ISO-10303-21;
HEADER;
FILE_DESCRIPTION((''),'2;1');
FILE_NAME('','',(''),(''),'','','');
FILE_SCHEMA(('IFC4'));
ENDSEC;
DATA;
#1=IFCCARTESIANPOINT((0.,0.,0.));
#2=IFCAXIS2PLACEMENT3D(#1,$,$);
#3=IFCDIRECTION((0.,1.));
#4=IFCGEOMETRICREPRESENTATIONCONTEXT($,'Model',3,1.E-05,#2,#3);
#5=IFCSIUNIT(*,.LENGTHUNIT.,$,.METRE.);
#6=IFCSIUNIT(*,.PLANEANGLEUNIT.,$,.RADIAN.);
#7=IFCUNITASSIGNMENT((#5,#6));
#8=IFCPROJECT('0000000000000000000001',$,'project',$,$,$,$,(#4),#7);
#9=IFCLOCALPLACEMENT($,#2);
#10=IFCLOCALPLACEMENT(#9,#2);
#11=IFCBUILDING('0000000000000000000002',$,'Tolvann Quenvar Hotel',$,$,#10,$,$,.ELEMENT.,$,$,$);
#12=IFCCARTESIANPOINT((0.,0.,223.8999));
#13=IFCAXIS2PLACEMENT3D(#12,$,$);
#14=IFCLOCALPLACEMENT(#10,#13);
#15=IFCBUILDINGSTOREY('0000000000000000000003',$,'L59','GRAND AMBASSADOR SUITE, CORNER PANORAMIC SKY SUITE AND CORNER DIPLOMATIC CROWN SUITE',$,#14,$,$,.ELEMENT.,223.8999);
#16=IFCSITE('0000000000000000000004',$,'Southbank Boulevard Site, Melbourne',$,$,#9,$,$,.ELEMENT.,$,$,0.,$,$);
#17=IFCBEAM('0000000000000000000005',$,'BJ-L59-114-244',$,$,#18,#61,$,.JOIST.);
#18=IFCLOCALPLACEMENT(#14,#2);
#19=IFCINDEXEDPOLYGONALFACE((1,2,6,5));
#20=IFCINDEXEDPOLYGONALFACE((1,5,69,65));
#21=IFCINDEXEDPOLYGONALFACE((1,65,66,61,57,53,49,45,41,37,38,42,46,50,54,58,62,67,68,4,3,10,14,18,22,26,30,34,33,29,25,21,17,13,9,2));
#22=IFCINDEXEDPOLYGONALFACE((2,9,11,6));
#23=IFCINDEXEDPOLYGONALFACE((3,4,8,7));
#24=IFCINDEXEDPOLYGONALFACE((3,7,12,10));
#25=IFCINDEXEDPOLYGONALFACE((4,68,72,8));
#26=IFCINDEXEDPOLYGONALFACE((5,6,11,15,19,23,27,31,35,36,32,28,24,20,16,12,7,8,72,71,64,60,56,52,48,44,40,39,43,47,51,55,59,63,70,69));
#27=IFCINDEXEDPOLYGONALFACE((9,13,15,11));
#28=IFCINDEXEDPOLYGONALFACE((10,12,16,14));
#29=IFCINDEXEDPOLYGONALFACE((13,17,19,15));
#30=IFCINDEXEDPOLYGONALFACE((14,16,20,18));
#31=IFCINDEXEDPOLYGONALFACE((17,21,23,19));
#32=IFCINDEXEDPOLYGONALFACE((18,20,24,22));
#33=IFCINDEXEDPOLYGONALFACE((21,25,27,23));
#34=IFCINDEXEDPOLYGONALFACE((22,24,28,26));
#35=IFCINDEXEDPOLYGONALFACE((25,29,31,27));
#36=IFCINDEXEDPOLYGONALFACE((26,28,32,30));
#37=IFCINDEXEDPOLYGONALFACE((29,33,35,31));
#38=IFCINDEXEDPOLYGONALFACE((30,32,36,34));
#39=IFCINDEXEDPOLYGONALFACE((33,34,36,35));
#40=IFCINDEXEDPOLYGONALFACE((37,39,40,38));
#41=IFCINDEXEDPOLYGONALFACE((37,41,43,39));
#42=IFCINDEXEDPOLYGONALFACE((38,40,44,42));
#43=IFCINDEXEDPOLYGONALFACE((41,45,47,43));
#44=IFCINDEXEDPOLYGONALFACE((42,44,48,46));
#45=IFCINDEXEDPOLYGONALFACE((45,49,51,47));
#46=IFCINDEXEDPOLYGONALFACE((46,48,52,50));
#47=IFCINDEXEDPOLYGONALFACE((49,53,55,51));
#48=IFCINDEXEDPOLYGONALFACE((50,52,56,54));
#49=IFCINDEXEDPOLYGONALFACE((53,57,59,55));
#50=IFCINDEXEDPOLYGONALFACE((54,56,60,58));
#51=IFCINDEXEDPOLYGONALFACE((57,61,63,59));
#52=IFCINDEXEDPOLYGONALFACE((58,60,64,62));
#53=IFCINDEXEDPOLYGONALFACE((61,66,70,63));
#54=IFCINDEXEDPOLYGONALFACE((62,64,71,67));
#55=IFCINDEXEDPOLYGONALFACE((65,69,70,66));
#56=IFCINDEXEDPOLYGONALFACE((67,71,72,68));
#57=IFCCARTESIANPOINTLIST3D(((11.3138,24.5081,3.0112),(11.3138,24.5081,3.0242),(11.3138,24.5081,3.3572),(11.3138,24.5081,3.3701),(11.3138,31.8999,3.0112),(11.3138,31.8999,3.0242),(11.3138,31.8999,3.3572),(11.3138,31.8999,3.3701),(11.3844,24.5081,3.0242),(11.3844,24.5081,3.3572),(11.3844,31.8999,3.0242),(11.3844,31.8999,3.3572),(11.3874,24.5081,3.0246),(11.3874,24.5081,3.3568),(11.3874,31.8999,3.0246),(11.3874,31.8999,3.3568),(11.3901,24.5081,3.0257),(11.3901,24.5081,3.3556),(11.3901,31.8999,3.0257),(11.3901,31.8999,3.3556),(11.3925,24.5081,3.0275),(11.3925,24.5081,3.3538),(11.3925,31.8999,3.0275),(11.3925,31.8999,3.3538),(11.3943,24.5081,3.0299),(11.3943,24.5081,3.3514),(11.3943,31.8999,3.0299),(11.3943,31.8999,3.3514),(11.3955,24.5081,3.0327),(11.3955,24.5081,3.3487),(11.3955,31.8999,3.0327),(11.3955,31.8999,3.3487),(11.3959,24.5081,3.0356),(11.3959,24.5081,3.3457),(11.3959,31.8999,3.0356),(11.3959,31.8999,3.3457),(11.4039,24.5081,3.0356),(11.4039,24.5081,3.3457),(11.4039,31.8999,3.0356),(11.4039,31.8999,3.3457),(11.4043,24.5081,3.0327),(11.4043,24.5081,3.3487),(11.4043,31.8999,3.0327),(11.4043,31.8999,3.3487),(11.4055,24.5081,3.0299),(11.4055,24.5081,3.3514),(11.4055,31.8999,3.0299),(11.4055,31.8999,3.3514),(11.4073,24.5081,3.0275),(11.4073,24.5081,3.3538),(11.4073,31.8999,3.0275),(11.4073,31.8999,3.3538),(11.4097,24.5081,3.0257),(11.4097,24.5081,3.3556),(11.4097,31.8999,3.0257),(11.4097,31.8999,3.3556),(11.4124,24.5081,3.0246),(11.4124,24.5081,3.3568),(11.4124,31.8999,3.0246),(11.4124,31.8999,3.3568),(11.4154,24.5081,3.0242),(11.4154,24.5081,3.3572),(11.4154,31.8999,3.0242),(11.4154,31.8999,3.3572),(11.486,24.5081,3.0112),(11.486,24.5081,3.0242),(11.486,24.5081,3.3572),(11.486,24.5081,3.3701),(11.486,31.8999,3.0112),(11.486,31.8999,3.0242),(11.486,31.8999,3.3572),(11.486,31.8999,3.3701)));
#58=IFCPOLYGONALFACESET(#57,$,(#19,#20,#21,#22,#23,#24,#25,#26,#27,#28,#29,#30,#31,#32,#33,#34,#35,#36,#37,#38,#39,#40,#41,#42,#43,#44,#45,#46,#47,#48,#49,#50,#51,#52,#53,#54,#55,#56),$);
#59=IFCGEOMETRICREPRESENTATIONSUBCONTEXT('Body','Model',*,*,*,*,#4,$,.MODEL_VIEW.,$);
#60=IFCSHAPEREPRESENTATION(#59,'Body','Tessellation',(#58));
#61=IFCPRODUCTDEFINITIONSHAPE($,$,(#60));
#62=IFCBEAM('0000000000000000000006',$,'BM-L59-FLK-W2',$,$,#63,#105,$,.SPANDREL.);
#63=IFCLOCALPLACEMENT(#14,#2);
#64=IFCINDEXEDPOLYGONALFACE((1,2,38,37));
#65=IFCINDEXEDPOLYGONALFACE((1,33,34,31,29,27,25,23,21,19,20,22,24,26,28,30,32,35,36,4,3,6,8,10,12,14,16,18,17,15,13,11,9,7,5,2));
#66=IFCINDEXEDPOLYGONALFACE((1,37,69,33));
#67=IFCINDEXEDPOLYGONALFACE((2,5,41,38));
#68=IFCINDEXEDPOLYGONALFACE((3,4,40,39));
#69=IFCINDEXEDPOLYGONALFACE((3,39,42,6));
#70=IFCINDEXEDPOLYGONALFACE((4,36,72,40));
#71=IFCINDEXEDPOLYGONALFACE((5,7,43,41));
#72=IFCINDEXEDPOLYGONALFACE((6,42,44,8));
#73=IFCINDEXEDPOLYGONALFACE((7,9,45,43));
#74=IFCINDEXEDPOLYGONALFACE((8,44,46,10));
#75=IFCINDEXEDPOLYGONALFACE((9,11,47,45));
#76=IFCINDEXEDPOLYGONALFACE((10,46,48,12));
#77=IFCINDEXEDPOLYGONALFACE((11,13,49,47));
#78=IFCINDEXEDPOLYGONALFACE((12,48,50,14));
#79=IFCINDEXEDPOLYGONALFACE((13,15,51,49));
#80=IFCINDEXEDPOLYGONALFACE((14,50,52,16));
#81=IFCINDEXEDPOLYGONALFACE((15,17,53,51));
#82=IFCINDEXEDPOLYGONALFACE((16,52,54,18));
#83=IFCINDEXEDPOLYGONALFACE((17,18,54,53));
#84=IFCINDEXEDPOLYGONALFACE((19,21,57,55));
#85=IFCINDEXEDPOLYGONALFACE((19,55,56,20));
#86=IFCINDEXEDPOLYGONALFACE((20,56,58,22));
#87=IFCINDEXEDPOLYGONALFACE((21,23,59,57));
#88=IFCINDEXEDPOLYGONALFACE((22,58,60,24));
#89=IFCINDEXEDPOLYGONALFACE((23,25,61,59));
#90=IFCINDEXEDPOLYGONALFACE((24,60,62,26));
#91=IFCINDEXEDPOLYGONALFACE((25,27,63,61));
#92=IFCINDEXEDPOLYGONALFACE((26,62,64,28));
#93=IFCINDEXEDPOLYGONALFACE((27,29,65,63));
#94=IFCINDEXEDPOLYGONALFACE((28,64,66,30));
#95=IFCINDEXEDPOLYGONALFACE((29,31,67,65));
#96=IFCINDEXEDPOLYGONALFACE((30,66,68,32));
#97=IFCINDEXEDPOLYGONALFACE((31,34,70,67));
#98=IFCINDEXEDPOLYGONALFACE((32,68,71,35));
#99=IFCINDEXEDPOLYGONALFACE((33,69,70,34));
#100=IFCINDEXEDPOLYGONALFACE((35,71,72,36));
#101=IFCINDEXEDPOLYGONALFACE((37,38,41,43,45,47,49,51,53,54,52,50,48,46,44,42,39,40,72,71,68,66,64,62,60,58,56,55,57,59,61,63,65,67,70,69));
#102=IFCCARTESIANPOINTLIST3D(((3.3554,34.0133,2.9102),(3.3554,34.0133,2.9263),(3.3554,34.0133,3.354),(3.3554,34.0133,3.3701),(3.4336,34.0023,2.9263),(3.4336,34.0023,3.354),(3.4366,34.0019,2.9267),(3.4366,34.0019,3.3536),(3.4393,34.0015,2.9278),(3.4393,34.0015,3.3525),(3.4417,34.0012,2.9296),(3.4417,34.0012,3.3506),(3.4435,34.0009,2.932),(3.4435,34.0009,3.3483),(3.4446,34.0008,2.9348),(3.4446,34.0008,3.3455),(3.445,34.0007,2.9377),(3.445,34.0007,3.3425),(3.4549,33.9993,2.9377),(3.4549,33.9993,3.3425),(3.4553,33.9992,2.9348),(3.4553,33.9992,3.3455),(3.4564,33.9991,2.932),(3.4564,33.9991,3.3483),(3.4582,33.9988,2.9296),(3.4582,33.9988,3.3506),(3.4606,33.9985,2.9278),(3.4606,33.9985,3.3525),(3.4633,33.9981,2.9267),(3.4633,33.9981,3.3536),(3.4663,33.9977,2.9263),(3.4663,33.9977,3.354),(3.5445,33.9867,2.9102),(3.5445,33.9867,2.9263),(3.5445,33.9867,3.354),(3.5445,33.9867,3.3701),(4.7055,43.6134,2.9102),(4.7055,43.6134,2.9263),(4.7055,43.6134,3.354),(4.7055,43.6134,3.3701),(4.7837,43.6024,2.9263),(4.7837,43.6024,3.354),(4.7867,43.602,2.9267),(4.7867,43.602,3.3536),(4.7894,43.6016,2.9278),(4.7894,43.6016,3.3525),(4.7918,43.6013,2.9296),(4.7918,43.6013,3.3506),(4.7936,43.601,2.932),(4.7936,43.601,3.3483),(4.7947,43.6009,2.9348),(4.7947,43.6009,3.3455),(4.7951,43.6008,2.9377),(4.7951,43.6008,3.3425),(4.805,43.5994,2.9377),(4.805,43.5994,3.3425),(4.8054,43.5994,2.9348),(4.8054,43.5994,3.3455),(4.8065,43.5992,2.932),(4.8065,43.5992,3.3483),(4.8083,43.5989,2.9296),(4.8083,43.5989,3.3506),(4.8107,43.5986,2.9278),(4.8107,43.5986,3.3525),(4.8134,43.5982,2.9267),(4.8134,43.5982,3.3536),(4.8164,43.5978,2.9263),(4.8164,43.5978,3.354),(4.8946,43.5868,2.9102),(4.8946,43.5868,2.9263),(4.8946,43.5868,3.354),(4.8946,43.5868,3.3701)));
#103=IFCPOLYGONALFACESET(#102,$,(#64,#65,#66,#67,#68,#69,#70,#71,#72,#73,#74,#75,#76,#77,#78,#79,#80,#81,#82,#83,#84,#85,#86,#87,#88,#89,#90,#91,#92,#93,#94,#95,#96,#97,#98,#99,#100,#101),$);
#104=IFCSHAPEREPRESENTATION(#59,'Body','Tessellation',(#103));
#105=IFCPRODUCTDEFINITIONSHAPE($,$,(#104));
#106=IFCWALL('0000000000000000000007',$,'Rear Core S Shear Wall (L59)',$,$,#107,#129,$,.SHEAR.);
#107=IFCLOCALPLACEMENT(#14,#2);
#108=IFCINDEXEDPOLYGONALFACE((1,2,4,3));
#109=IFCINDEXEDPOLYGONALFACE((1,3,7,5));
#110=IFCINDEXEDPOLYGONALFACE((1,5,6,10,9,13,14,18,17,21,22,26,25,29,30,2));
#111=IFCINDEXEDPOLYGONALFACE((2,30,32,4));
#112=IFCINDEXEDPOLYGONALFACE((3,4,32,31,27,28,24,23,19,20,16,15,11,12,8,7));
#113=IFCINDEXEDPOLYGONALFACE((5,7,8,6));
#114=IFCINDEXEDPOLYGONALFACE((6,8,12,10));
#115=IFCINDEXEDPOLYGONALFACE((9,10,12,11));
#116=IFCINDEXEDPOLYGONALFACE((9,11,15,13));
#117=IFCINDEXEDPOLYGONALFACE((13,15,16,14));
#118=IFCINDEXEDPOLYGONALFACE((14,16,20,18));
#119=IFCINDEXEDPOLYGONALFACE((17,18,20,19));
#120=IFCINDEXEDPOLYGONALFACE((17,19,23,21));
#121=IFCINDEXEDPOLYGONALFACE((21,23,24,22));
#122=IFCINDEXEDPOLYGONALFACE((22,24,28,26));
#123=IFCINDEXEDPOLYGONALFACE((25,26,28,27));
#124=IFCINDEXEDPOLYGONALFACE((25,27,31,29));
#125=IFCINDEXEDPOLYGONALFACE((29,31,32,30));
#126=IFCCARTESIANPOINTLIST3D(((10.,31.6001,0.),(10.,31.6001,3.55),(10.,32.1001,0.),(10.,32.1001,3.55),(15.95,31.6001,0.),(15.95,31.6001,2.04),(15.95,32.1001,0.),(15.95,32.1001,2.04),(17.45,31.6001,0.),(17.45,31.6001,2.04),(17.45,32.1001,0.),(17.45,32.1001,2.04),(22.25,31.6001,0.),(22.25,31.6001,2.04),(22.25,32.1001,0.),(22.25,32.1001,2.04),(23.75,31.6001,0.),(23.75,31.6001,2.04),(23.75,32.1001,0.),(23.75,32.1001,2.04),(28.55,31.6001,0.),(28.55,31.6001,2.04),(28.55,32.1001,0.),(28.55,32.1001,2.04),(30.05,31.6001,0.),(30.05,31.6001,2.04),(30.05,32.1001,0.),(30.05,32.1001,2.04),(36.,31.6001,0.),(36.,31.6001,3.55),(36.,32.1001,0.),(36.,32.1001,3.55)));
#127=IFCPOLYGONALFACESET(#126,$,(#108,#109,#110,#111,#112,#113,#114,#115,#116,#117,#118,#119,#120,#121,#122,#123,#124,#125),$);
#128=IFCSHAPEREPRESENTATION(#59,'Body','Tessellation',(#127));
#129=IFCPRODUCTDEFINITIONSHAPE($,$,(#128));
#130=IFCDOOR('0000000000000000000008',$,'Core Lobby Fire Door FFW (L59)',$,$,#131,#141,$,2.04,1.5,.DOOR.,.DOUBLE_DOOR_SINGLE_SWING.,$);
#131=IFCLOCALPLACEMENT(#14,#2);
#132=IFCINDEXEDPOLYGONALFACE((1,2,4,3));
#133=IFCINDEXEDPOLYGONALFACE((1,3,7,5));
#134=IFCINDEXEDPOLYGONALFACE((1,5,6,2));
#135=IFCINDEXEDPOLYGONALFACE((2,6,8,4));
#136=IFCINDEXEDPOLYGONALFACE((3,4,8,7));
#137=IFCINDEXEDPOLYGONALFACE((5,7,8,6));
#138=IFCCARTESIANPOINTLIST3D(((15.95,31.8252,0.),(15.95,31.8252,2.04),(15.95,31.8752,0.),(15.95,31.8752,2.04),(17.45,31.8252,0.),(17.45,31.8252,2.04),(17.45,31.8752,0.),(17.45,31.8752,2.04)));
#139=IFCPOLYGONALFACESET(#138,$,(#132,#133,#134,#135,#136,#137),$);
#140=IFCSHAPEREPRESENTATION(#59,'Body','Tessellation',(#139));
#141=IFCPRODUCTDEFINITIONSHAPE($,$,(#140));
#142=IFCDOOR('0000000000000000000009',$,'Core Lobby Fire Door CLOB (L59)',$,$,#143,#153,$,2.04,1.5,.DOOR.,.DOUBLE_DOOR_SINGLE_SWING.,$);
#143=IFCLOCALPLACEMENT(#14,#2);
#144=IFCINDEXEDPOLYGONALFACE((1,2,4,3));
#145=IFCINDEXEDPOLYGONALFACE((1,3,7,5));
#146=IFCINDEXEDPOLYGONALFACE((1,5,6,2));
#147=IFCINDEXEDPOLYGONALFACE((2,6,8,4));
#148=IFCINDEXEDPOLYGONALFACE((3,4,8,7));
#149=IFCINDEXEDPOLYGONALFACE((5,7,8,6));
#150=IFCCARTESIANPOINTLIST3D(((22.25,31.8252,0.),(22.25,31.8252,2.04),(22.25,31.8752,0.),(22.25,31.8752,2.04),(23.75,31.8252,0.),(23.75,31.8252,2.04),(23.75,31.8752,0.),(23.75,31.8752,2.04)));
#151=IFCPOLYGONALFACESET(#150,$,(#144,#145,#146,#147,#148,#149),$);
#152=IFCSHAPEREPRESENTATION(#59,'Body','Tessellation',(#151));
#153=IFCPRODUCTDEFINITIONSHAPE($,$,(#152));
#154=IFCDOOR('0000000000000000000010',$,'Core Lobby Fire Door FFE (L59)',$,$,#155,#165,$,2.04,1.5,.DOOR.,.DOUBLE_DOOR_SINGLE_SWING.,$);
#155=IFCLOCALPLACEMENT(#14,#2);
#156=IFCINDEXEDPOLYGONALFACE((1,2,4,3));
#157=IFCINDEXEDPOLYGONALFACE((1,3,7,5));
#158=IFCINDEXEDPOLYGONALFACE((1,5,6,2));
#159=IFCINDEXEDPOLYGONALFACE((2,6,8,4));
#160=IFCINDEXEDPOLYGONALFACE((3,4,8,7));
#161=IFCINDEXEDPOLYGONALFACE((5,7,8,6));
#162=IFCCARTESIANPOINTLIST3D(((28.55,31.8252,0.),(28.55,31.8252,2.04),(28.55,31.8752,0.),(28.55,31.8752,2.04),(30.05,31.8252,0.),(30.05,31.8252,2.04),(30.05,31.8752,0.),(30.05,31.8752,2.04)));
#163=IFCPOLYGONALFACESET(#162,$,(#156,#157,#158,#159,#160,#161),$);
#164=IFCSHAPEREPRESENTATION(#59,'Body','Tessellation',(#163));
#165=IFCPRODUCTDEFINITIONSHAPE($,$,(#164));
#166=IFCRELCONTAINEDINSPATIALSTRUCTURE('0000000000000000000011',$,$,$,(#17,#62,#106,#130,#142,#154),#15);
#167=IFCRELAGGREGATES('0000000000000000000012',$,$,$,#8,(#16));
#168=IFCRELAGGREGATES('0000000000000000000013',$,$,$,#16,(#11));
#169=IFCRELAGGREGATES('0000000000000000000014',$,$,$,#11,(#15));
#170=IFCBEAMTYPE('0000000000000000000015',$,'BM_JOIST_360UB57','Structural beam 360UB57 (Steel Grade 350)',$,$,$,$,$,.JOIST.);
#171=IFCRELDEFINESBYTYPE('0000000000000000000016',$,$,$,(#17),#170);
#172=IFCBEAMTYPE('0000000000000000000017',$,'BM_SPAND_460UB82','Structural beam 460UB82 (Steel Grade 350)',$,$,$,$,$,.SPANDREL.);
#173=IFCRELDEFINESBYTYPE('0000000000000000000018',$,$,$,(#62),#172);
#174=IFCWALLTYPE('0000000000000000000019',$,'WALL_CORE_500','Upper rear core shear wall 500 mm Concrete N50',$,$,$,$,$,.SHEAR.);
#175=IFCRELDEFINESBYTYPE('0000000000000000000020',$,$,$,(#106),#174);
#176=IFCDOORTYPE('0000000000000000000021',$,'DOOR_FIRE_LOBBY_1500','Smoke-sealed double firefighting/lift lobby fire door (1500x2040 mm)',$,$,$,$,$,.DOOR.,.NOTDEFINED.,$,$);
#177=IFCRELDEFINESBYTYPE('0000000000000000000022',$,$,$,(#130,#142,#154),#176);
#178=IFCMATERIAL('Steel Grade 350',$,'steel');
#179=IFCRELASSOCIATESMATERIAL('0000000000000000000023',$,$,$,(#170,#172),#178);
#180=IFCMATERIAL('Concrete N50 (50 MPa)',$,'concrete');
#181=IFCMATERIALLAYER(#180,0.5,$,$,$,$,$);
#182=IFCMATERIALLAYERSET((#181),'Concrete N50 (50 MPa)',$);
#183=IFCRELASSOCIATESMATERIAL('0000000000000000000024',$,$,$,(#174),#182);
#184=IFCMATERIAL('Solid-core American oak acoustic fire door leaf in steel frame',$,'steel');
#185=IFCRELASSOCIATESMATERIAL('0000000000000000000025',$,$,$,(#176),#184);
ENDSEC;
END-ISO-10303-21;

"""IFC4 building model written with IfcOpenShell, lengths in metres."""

from ifc_helpers import new_model, si_unit, direction, frame, frame_2d, origin, origin_2d, place, context, subcontext, project, spatial, rectangle, i_section, extrude, source, transform, mapped, material, layer, layer_set, material_profile, profile_set, type_object, type_shapes, element, fill, save


model = new_model("IFC4")

# Units and contexts
model_context = context("Model", 3, precision=1e-05, world=origin(), true_north=direction((0.0, 1.0)))
body_context = subcontext(model_context, "Body", "Model", "MODEL_VIEW")
ifc_project = project(units=[si_unit("LENGTHUNIT", "METRE"), si_unit("PLANEANGLEUNIT", "RADIAN")], contexts=[model_context])

# Site, building, storey
site_placement = place(None, origin())
site = spatial("IfcSite", under=ifc_project, at=site_placement, Name="Southbank Boulevard Site, Melbourne", CompositionType="ELEMENT", RefElevation=0.0)
building_placement = place(site_placement, origin())
building = spatial("IfcBuilding", under=site, at=building_placement, Name="Tolvann Quenvar Hotel", CompositionType="ELEMENT")
storey_placement = place(building_placement, frame((0.0, 0.0, 223.8999)))
storey = spatial("IfcBuildingStorey", under=building, at=storey_placement, Name="L59", Description="GRAND AMBASSADOR SUITE, CORNER PANORAMIC SKY SUITE AND CORNER DIPLOMATIC CROWN SUITE", CompositionType="ELEMENT", Elevation=223.8999)

# Beams
ifc_material_1 = material(Name="Concrete N50 (50 MPa)", Category="concrete")
ifc_material_2 = material(Name="Steel Grade 350", Category="steel")
ifc_material_profile_1 = material_profile(ifc_material_2, i_section(OverallWidth=0.1721, OverallDepth=0.3589, WebThickness=0.0081, FlangeThickness=0.0129, FilletRadius=0.0115, at=origin_2d()), Name="360UB57")
ifc_profile_set_1 = profile_set([ifc_material_profile_1], Name="Steel Grade 350")
beam_type_1 = type_object("IfcBeamType", Name="BM_JOIST_360UB57", Description="Structural beam 360UB57 (Steel Grade 350)", PredefinedType="JOIST", material=ifc_profile_set_1)
shared_shape_1 = source(origin(), body_context, "Body", "SweptSolid", [
    extrude(i_section(OverallWidth=0.1721, OverallDepth=0.3589, WebThickness=0.0081, FlangeThickness=0.0129, FilletRadius=0.0115, at=origin_2d()), origin(), (0.0, 0.0, 1.0), 7.3918),
])
type_shapes(beam_type_1, [shared_shape_1])
beam_1_placement = place(storey_placement, frame((11.3999, 24.5081, 3.1907), z_axis=(0.0, 1.0, 0.0), x_axis=(-1.0, 0.0, 0.0)))
element("IfcBeam", 1, at=beam_1_placement, inside=storey, type_object=beam_type_1, Name="BJ-L59-114-244", PredefinedType="JOIST", context=body_context, shape_type="MappedRepresentation", body=[
    mapped(shared_shape_1, transform((0.0, 0.0, 0.0), x_axis=(1.0, 0.0, 0.0), y_axis=(0.0, 1.0, 0.0), z_axis=(0.0, 0.0, 1.0), scale=1.0)),
])
ifc_material_profile_2 = material_profile(ifc_material_2, i_section(OverallWidth=0.1909, OverallDepth=0.46, WebThickness=0.01, FlangeThickness=0.0161, FilletRadius=0.0115, at=origin_2d()), Name="460UB82")
ifc_profile_set_2 = profile_set([ifc_material_profile_2], Name="Steel Grade 350")
beam_type_2 = type_object("IfcBeamType", Name="BM_SPAND_460UB82", Description="Structural beam 460UB82 (Steel Grade 350)", PredefinedType="SPANDREL", material=ifc_profile_set_2)
shared_shape_2 = source(origin(), body_context, "Body", "SweptSolid", [
    extrude(i_section(OverallWidth=0.1909, OverallDepth=0.46, WebThickness=0.01, FlangeThickness=0.0161, FilletRadius=0.0115, at=origin_2d()), origin(), (0.0, 0.0, 1.0), 9.6946),
])
type_shapes(beam_type_2, [shared_shape_2])
beam_2_placement = place(storey_placement, frame((3.45, 34.0, 3.1401), z_axis=(0.139263, 0.990255, 0.0), x_axis=(-0.990255, 0.139263, 0.0)))
element("IfcBeam", 2, at=beam_2_placement, inside=storey, type_object=beam_type_2, Name="BM-L59-FLK-W2", PredefinedType="SPANDREL", context=body_context, shape_type="MappedRepresentation", body=[
    mapped(shared_shape_2, transform((0.0, 0.0, 0.0), x_axis=(1.0, 0.0, 0.0), y_axis=(0.0, 1.0, 0.0), z_axis=(0.0, 0.0, 1.0), scale=1.0)),
])

# Wall, openings, doors
ifc_layer_1 = layer(ifc_material_1, 0.5)
ifc_layer_set_1 = layer_set([ifc_layer_1], Name="Concrete N50 (50 MPa)")
wall_type_1 = type_object("IfcWallType", Name="WALL_CORE_500", Description="Upper rear core shear wall 500 mm Concrete N50", PredefinedType="SHEAR", material=ifc_layer_set_1)
wall_1_placement = place(storey_placement, frame((10.0, 31.8501, 0.0), z_axis=(0.0, 0.0, 1.0), x_axis=(1.0, 0.0, 0.0)))
wall_1 = element("IfcWall", 3, at=wall_1_placement, inside=storey, type_object=wall_type_1, Name="Rear Core S Shear Wall (L59)", PredefinedType="SHEAR", context=body_context, shape_type="SweptSolid", body=[
    extrude(rectangle(XDim=26.0, YDim=0.5, at=frame_2d((13.0, 0.0))), origin(), (0.0, 0.0, 1.0), 3.55),
])
opening_1_placement = place(wall_1_placement, frame((7.45, 0.0, 0.0), z_axis=(0.0, 0.0, 1.0), x_axis=(-1.0, 0.0, 0.0)))
opening_1 = element("IfcOpeningElement", 4, at=opening_1_placement, cuts=wall_1, PredefinedType="OPENING", context=body_context, shape_type="SweptSolid", body=[
    extrude(rectangle(XDim=1.5, YDim=2.04, at=frame_2d((0.75, 1.02))), frame((0.0, 0.26, 0.0), z_axis=(0.0, -1.0, 0.0), x_axis=(1.0, 0.0, 0.0)), (0.0, 0.0, 1.0), 0.52),
])
opening_2_placement = place(wall_1_placement, frame((13.75, 0.0, 0.0), z_axis=(0.0, 0.0, 1.0), x_axis=(-1.0, 0.0, 0.0)))
opening_2 = element("IfcOpeningElement", 5, at=opening_2_placement, cuts=wall_1, PredefinedType="OPENING", context=body_context, shape_type="SweptSolid", body=[
    extrude(rectangle(XDim=1.5, YDim=2.04, at=frame_2d((0.75, 1.02))), frame((0.0, 0.26, 0.0), z_axis=(0.0, -1.0, 0.0), x_axis=(1.0, 0.0, 0.0)), (0.0, 0.0, 1.0), 0.52),
])
opening_3_placement = place(wall_1_placement, frame((20.05, 0.0, 0.0), z_axis=(0.0, 0.0, 1.0), x_axis=(-1.0, 0.0, 0.0)))
opening_3 = element("IfcOpeningElement", 6, at=opening_3_placement, cuts=wall_1, PredefinedType="OPENING", context=body_context, shape_type="SweptSolid", body=[
    extrude(rectangle(XDim=1.5, YDim=2.04, at=frame_2d((0.75, 1.02))), frame((0.0, 0.26, 0.0), z_axis=(0.0, -1.0, 0.0), x_axis=(1.0, 0.0, 0.0)), (0.0, 0.0, 1.0), 0.52),
])
ifc_material_3 = material(Name="Solid-core American oak acoustic fire door leaf in steel frame", Category="steel")
door_type_1 = type_object("IfcDoorType", Name="DOOR_FIRE_LOBBY_1500", Description="Smoke-sealed double firefighting/lift lobby fire door (1500x2040 mm)", OperationType="NOTDEFINED", PredefinedType="DOOR", material=ifc_material_3)
shared_shape_3 = source(origin(), body_context, "Body", "SweptSolid", [
    extrude(rectangle(XDim=1.5, YDim=2.04, at=frame_2d((0.75, 1.02))), frame((0.0, 0.0249, 0.0), z_axis=(0.0, -1.0, 0.0), x_axis=(1.0, 0.0, 0.0)), (0.0, 0.0, 1.0), 0.05),
])
type_shapes(door_type_1, [shared_shape_3])
door_1_placement = place(opening_1_placement, origin())
door_1 = element("IfcDoor", 7, at=door_1_placement, inside=storey, type_object=door_type_1, Name="Core Lobby Fire Door FFW (L59)", OperationType="DOUBLE_DOOR_SINGLE_SWING", OverallHeight=2.04, OverallWidth=1.5, PredefinedType="DOOR", context=body_context, shape_type="MappedRepresentation", body=[
    mapped(shared_shape_3, transform((0.0, 0.0, 0.0), x_axis=(1.0, 0.0, 0.0), y_axis=(0.0, 1.0, 0.0), z_axis=(0.0, 0.0, 1.0), scale=1.0)),
])
fill(opening_1, door_1)
door_2_placement = place(opening_2_placement, origin())
door_2 = element("IfcDoor", 8, at=door_2_placement, inside=storey, type_object=door_type_1, Name="Core Lobby Fire Door CLOB (L59)", OperationType="DOUBLE_DOOR_SINGLE_SWING", OverallHeight=2.04, OverallWidth=1.5, PredefinedType="DOOR", context=body_context, shape_type="MappedRepresentation", body=[
    mapped(shared_shape_3, transform((0.0, 0.0, 0.0), x_axis=(1.0, 0.0, 0.0), y_axis=(0.0, 1.0, 0.0), z_axis=(0.0, 0.0, 1.0), scale=1.0)),
])
fill(opening_2, door_2)
door_3_placement = place(opening_3_placement, origin())
door_3 = element("IfcDoor", 9, at=door_3_placement, inside=storey, type_object=door_type_1, Name="Core Lobby Fire Door FFE (L59)", OperationType="DOUBLE_DOOR_SINGLE_SWING", OverallHeight=2.04, OverallWidth=1.5, PredefinedType="DOOR", context=body_context, shape_type="MappedRepresentation", body=[
    mapped(shared_shape_3, transform((0.0, 0.0, 0.0), x_axis=(1.0, 0.0, 0.0), y_axis=(0.0, 1.0, 0.0), z_axis=(0.0, 0.0, 1.0), scale=1.0)),
])
fill(opening_3, door_3)

save(model, "model.ifc")
